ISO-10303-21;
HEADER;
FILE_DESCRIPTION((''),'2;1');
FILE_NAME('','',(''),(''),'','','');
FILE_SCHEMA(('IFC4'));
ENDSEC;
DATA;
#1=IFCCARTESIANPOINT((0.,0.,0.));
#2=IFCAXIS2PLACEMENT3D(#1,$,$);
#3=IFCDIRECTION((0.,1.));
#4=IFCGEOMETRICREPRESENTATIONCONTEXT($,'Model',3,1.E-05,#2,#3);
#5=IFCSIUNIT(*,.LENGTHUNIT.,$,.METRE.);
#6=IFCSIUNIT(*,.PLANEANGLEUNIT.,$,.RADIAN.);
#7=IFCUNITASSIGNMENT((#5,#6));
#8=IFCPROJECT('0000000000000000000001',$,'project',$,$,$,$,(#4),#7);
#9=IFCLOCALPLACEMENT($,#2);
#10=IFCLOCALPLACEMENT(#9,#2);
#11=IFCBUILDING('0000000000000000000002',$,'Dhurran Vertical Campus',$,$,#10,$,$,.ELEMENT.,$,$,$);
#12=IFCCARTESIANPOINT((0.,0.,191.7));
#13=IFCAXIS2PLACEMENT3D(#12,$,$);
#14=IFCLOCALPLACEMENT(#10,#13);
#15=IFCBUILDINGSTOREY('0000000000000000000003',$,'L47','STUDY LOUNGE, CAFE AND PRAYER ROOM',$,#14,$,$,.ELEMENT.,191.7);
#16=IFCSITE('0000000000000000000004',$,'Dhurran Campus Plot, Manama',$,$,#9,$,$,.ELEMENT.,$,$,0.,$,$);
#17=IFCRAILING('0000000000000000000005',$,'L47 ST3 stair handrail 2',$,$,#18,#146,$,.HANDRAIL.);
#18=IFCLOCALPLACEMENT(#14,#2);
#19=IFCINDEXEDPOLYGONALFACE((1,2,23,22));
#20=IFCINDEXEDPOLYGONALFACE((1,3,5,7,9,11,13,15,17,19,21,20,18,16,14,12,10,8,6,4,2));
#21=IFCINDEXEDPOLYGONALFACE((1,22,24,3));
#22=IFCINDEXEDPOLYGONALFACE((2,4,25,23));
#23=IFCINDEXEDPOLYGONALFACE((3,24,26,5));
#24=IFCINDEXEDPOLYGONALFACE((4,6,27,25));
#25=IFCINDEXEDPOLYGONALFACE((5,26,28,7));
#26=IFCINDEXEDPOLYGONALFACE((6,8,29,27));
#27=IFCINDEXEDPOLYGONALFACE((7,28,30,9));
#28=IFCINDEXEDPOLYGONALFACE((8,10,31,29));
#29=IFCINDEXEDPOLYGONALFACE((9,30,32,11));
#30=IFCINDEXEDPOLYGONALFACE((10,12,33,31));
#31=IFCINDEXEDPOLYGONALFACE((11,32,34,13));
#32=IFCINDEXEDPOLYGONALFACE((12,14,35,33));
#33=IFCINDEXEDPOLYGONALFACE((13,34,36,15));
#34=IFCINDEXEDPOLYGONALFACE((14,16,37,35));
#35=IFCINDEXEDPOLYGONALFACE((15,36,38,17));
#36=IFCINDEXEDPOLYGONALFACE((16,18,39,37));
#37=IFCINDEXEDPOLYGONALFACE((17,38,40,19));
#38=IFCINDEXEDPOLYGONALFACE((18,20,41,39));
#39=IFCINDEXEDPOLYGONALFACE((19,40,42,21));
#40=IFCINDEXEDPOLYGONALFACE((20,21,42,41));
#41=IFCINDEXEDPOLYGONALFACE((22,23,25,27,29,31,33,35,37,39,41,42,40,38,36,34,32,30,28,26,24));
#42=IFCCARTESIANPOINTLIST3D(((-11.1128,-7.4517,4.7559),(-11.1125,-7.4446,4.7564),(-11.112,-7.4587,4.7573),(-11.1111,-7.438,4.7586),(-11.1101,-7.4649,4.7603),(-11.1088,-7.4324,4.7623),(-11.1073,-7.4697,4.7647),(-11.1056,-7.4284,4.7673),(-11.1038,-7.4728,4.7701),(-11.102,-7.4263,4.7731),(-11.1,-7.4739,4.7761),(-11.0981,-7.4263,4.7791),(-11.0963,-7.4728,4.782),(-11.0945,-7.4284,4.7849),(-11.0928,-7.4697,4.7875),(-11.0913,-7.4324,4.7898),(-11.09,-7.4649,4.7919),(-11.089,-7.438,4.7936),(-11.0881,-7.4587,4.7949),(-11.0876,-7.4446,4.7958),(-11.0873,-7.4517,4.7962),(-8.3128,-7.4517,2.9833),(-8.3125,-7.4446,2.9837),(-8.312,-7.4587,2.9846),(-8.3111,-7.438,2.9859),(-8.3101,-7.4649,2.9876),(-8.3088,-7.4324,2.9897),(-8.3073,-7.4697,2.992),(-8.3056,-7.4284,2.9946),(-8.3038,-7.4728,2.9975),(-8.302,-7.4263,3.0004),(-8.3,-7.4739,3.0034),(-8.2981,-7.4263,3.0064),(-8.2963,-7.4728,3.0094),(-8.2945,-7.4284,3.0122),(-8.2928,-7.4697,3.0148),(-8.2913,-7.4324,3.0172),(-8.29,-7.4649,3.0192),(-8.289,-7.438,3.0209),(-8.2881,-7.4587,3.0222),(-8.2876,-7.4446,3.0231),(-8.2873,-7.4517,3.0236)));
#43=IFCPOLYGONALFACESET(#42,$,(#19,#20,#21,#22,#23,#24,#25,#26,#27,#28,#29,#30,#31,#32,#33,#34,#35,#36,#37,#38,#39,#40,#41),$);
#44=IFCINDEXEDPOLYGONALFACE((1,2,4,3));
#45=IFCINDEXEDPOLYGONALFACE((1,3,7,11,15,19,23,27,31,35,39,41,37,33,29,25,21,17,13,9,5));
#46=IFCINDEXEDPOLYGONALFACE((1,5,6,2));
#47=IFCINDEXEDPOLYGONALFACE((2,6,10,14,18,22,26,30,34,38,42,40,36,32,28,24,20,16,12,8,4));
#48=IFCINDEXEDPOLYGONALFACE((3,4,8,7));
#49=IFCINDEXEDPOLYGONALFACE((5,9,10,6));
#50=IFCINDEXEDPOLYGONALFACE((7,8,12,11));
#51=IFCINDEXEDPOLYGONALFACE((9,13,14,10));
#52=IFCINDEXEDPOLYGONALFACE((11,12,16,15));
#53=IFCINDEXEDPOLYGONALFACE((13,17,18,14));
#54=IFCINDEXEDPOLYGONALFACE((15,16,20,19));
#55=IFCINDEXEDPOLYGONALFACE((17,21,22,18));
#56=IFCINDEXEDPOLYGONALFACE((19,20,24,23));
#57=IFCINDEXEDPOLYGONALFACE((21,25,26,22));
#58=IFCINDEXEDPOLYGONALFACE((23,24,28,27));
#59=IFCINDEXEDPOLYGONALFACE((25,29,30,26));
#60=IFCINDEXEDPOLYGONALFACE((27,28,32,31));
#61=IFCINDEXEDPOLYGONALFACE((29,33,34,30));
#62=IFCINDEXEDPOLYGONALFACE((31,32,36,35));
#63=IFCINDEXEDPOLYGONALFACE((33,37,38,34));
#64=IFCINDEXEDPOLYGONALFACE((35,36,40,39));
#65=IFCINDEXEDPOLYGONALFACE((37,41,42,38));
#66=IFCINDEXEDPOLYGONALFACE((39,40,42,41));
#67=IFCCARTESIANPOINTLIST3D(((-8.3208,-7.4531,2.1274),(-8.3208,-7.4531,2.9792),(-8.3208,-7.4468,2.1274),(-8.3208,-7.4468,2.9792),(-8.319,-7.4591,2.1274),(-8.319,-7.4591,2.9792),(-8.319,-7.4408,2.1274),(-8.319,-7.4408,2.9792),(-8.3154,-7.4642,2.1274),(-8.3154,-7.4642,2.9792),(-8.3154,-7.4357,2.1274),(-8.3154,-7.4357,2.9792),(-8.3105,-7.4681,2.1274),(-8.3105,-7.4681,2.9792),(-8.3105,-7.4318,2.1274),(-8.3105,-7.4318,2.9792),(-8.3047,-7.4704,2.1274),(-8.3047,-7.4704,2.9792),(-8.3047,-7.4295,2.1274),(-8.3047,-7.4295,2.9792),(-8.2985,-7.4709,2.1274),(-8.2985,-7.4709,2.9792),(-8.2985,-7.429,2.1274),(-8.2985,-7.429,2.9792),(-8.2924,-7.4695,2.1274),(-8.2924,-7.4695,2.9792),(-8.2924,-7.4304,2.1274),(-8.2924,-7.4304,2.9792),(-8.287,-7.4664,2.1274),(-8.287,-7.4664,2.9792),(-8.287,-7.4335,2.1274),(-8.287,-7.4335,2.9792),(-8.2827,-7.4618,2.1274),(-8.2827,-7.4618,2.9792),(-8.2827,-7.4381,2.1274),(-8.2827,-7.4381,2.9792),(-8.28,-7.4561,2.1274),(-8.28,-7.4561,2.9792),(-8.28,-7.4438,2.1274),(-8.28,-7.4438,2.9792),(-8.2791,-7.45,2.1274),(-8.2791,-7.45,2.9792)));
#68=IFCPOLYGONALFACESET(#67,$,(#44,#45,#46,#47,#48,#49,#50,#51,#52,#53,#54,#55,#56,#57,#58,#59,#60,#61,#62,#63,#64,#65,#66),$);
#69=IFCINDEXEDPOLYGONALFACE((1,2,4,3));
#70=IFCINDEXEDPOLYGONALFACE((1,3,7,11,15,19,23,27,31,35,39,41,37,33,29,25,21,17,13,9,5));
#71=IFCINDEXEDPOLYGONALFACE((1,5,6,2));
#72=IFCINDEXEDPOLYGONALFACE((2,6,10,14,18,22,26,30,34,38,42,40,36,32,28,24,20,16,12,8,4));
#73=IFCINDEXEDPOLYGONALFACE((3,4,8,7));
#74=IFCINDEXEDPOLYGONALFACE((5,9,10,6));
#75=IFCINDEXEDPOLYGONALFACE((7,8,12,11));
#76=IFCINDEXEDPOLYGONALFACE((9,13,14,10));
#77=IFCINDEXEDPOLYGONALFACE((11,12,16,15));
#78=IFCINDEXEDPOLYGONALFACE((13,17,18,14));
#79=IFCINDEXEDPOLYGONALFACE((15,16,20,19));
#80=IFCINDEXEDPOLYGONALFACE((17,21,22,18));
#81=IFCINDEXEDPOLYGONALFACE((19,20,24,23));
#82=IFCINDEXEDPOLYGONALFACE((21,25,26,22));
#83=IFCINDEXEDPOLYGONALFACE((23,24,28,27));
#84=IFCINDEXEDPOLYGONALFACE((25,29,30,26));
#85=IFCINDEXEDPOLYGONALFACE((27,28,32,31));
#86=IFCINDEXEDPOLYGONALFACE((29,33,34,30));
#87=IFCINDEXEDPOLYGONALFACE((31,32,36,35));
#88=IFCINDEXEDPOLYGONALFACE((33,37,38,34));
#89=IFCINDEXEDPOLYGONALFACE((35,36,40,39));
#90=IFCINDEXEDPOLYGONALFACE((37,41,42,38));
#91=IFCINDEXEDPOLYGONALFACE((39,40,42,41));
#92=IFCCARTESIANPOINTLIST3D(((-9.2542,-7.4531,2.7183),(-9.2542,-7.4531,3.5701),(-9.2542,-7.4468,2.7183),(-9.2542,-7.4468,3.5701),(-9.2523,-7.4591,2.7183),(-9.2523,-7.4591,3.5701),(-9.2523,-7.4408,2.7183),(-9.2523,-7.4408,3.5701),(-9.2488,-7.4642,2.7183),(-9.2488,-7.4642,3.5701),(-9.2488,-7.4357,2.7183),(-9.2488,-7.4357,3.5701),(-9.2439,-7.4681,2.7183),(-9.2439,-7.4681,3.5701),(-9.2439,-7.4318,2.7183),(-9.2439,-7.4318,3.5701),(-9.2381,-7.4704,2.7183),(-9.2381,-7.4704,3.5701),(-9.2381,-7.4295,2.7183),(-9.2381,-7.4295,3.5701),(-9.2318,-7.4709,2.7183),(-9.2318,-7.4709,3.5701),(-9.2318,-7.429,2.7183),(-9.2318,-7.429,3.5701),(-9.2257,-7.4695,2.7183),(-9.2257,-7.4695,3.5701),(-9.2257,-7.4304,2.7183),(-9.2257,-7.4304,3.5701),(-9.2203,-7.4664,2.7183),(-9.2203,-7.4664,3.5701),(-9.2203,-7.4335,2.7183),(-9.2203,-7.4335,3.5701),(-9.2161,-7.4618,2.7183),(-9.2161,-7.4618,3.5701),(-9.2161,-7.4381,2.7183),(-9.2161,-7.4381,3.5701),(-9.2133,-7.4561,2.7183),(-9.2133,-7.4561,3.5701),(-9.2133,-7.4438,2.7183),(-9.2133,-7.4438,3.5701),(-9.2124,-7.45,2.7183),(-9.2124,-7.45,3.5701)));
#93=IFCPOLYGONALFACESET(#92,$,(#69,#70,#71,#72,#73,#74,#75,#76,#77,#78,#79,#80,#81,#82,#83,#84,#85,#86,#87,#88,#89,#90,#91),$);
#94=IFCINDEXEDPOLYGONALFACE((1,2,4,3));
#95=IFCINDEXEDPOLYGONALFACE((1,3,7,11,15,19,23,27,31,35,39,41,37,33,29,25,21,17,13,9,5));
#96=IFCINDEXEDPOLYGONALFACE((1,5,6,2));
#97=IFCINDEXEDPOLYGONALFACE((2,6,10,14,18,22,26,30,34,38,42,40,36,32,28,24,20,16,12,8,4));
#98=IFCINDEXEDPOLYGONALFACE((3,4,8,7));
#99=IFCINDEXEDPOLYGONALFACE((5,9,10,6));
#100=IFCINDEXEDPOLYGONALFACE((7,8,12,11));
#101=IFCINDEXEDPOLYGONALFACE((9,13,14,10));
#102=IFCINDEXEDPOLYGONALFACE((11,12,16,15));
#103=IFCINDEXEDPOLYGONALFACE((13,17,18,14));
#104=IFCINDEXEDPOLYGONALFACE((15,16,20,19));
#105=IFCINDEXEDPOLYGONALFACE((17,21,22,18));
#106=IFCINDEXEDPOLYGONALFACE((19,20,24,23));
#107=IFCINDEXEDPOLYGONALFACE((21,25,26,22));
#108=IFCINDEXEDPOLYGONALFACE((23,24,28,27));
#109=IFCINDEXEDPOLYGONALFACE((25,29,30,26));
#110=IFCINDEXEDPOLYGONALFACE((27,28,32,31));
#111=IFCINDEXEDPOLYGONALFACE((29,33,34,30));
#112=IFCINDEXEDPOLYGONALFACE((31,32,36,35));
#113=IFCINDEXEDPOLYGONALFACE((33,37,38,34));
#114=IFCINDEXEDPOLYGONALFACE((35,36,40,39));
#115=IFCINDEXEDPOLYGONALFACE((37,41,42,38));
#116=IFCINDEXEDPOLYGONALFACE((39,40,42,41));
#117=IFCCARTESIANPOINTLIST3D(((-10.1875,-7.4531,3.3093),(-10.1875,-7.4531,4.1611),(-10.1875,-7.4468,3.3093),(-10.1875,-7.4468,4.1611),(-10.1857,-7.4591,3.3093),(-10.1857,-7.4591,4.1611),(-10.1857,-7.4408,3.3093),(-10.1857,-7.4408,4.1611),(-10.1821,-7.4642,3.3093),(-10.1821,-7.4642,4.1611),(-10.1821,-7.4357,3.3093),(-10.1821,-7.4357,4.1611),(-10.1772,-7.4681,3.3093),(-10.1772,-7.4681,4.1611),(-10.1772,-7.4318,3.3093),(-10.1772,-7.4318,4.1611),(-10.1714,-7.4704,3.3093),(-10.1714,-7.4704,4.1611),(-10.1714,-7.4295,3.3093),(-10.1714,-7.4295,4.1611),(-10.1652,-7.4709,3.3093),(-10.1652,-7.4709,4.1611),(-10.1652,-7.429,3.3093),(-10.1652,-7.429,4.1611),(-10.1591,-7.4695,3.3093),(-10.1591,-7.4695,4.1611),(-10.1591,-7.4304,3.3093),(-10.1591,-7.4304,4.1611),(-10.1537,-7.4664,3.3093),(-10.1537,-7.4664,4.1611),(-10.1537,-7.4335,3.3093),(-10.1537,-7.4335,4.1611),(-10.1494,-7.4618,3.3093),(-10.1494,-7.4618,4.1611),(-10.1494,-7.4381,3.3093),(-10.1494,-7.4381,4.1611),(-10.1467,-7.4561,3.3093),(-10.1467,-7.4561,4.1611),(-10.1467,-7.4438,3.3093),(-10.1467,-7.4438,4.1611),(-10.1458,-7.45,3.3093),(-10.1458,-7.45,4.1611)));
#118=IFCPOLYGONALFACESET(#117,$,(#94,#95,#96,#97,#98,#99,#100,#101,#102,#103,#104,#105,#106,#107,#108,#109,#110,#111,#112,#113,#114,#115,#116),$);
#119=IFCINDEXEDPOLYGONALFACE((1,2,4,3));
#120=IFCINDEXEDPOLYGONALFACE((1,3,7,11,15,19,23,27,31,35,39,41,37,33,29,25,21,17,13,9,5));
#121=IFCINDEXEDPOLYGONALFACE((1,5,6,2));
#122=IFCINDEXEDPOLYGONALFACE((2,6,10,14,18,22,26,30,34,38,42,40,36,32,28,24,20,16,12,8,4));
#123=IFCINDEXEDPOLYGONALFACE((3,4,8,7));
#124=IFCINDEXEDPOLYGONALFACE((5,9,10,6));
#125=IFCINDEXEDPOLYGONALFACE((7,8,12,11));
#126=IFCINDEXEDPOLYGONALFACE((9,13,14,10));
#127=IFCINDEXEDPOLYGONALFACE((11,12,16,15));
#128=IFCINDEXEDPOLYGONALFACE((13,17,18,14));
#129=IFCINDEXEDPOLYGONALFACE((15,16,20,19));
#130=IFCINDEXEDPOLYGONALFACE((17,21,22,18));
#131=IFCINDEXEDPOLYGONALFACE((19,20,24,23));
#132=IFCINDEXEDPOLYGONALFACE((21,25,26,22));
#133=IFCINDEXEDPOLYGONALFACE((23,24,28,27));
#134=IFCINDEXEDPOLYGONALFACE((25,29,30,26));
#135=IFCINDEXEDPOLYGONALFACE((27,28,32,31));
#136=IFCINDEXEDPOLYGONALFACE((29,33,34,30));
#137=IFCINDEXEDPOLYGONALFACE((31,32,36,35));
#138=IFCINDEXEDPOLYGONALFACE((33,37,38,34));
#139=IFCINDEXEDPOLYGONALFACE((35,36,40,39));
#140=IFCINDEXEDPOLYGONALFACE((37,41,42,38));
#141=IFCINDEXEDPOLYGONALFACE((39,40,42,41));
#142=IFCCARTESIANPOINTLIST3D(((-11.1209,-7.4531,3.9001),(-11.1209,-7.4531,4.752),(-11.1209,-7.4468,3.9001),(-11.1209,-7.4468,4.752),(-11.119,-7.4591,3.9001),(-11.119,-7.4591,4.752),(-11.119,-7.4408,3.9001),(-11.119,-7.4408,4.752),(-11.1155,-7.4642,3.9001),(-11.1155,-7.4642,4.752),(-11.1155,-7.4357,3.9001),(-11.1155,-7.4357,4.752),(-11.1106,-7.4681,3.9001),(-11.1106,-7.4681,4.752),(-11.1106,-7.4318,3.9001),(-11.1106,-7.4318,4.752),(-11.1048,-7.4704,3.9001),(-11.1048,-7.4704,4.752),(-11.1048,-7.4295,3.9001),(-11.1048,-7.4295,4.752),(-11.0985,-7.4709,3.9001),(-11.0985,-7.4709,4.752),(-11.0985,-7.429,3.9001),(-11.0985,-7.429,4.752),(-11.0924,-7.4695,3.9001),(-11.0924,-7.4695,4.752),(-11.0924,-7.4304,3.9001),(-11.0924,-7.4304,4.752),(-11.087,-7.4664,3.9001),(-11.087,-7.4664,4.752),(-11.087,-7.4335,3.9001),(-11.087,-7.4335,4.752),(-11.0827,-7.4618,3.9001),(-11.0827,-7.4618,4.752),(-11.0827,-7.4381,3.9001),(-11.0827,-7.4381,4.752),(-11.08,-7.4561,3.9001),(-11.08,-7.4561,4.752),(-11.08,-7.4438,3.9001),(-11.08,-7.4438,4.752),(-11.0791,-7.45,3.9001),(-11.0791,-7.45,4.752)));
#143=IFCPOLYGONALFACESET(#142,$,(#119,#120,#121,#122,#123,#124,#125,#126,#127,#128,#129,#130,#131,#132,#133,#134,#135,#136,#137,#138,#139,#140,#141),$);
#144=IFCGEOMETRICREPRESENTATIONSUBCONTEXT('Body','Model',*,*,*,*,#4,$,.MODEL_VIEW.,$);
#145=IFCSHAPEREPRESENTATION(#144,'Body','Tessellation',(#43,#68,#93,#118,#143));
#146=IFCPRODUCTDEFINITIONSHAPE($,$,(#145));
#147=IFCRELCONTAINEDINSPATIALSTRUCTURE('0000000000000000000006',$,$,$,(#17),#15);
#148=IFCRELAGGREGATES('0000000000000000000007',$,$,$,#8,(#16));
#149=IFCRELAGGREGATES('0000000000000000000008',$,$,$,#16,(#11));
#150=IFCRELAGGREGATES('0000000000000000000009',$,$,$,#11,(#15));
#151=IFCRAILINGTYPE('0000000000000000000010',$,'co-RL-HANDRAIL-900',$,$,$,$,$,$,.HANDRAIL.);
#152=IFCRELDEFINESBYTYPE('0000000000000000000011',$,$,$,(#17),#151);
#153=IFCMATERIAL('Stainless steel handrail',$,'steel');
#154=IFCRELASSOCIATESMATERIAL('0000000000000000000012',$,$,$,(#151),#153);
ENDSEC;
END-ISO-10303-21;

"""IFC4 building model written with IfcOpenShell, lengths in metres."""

from ifc_helpers import new_model, si_unit, direction, frame, origin, origin_2d, place, context, subcontext, project, spatial, circle, extrude, material, type_object, element, save


model = new_model("IFC4")

# Units and contexts
model_context = context("Model", 3, precision=1e-05, world=origin(), true_north=direction((0.0, 1.0)))
body_context = subcontext(model_context, "Body", "Model", "MODEL_VIEW")
ifc_project = project(units=[si_unit("LENGTHUNIT", "METRE"), si_unit("PLANEANGLEUNIT", "RADIAN")], contexts=[model_context])

# Site, building, storey
site_placement = place(None, origin())
site = spatial("IfcSite", under=ifc_project, at=site_placement, Name="Dhurran Campus Plot, Manama", CompositionType="ELEMENT", RefElevation=0.0)
building_placement = place(site_placement, origin())
building = spatial("IfcBuilding", under=site, at=building_placement, Name="Dhurran Vertical Campus", CompositionType="ELEMENT")
storey_placement = place(building_placement, frame((0.0, 0.0, 191.7)))
storey = spatial("IfcBuildingStorey", under=building, at=storey_placement, Name="L47", Description="STUDY LOUNGE, CAFE AND PRAYER ROOM", CompositionType="ELEMENT", Elevation=191.7)

# Railing
ifc_material_1 = material(Name="Stainless steel handrail", Category="steel")
railing_type_1 = type_object("IfcRailingType", Name="co-RL-HANDRAIL-900", PredefinedType="HANDRAIL", material=ifc_material_1)
railing_1_placement = place(storey_placement, frame((-8.3, -7.45, 2.1274)))
element("IfcRailing", 1, at=railing_1_placement, inside=storey, type_object=railing_type_1, Name="L47 ST3 stair handrail 2", PredefinedType="HANDRAIL", context=body_context, shape_type="SweptSolid", body=[
    extrude(circle(Radius=0.0239, at=origin_2d()), frame((0.0, 0.0, 0.876), z_axis=(-0.844909, 0.0, 0.53491), x_axis=(0.0, -1.0, 0.0)), (0.0, 0.0, 1.0), 3.314),
    extrude(circle(Radius=0.021, at=origin_2d()), origin(), (0.0, 0.0, 1.0), 0.8518),
    extrude(circle(Radius=0.021, at=origin_2d()), frame((-0.9333, 0.0, 0.5908)), (0.0, 0.0, 1.0), 0.8518),
    extrude(circle(Radius=0.021, at=origin_2d()), frame((-1.8667, 0.0, 1.1819)), (0.0, 0.0, 1.0), 0.8518),
    extrude(circle(Radius=0.021, at=origin_2d()), frame((-2.8, 0.0, 1.7727)), (0.0, 0.0, 1.0), 0.8518),
])

save(model, "model.ifc")
